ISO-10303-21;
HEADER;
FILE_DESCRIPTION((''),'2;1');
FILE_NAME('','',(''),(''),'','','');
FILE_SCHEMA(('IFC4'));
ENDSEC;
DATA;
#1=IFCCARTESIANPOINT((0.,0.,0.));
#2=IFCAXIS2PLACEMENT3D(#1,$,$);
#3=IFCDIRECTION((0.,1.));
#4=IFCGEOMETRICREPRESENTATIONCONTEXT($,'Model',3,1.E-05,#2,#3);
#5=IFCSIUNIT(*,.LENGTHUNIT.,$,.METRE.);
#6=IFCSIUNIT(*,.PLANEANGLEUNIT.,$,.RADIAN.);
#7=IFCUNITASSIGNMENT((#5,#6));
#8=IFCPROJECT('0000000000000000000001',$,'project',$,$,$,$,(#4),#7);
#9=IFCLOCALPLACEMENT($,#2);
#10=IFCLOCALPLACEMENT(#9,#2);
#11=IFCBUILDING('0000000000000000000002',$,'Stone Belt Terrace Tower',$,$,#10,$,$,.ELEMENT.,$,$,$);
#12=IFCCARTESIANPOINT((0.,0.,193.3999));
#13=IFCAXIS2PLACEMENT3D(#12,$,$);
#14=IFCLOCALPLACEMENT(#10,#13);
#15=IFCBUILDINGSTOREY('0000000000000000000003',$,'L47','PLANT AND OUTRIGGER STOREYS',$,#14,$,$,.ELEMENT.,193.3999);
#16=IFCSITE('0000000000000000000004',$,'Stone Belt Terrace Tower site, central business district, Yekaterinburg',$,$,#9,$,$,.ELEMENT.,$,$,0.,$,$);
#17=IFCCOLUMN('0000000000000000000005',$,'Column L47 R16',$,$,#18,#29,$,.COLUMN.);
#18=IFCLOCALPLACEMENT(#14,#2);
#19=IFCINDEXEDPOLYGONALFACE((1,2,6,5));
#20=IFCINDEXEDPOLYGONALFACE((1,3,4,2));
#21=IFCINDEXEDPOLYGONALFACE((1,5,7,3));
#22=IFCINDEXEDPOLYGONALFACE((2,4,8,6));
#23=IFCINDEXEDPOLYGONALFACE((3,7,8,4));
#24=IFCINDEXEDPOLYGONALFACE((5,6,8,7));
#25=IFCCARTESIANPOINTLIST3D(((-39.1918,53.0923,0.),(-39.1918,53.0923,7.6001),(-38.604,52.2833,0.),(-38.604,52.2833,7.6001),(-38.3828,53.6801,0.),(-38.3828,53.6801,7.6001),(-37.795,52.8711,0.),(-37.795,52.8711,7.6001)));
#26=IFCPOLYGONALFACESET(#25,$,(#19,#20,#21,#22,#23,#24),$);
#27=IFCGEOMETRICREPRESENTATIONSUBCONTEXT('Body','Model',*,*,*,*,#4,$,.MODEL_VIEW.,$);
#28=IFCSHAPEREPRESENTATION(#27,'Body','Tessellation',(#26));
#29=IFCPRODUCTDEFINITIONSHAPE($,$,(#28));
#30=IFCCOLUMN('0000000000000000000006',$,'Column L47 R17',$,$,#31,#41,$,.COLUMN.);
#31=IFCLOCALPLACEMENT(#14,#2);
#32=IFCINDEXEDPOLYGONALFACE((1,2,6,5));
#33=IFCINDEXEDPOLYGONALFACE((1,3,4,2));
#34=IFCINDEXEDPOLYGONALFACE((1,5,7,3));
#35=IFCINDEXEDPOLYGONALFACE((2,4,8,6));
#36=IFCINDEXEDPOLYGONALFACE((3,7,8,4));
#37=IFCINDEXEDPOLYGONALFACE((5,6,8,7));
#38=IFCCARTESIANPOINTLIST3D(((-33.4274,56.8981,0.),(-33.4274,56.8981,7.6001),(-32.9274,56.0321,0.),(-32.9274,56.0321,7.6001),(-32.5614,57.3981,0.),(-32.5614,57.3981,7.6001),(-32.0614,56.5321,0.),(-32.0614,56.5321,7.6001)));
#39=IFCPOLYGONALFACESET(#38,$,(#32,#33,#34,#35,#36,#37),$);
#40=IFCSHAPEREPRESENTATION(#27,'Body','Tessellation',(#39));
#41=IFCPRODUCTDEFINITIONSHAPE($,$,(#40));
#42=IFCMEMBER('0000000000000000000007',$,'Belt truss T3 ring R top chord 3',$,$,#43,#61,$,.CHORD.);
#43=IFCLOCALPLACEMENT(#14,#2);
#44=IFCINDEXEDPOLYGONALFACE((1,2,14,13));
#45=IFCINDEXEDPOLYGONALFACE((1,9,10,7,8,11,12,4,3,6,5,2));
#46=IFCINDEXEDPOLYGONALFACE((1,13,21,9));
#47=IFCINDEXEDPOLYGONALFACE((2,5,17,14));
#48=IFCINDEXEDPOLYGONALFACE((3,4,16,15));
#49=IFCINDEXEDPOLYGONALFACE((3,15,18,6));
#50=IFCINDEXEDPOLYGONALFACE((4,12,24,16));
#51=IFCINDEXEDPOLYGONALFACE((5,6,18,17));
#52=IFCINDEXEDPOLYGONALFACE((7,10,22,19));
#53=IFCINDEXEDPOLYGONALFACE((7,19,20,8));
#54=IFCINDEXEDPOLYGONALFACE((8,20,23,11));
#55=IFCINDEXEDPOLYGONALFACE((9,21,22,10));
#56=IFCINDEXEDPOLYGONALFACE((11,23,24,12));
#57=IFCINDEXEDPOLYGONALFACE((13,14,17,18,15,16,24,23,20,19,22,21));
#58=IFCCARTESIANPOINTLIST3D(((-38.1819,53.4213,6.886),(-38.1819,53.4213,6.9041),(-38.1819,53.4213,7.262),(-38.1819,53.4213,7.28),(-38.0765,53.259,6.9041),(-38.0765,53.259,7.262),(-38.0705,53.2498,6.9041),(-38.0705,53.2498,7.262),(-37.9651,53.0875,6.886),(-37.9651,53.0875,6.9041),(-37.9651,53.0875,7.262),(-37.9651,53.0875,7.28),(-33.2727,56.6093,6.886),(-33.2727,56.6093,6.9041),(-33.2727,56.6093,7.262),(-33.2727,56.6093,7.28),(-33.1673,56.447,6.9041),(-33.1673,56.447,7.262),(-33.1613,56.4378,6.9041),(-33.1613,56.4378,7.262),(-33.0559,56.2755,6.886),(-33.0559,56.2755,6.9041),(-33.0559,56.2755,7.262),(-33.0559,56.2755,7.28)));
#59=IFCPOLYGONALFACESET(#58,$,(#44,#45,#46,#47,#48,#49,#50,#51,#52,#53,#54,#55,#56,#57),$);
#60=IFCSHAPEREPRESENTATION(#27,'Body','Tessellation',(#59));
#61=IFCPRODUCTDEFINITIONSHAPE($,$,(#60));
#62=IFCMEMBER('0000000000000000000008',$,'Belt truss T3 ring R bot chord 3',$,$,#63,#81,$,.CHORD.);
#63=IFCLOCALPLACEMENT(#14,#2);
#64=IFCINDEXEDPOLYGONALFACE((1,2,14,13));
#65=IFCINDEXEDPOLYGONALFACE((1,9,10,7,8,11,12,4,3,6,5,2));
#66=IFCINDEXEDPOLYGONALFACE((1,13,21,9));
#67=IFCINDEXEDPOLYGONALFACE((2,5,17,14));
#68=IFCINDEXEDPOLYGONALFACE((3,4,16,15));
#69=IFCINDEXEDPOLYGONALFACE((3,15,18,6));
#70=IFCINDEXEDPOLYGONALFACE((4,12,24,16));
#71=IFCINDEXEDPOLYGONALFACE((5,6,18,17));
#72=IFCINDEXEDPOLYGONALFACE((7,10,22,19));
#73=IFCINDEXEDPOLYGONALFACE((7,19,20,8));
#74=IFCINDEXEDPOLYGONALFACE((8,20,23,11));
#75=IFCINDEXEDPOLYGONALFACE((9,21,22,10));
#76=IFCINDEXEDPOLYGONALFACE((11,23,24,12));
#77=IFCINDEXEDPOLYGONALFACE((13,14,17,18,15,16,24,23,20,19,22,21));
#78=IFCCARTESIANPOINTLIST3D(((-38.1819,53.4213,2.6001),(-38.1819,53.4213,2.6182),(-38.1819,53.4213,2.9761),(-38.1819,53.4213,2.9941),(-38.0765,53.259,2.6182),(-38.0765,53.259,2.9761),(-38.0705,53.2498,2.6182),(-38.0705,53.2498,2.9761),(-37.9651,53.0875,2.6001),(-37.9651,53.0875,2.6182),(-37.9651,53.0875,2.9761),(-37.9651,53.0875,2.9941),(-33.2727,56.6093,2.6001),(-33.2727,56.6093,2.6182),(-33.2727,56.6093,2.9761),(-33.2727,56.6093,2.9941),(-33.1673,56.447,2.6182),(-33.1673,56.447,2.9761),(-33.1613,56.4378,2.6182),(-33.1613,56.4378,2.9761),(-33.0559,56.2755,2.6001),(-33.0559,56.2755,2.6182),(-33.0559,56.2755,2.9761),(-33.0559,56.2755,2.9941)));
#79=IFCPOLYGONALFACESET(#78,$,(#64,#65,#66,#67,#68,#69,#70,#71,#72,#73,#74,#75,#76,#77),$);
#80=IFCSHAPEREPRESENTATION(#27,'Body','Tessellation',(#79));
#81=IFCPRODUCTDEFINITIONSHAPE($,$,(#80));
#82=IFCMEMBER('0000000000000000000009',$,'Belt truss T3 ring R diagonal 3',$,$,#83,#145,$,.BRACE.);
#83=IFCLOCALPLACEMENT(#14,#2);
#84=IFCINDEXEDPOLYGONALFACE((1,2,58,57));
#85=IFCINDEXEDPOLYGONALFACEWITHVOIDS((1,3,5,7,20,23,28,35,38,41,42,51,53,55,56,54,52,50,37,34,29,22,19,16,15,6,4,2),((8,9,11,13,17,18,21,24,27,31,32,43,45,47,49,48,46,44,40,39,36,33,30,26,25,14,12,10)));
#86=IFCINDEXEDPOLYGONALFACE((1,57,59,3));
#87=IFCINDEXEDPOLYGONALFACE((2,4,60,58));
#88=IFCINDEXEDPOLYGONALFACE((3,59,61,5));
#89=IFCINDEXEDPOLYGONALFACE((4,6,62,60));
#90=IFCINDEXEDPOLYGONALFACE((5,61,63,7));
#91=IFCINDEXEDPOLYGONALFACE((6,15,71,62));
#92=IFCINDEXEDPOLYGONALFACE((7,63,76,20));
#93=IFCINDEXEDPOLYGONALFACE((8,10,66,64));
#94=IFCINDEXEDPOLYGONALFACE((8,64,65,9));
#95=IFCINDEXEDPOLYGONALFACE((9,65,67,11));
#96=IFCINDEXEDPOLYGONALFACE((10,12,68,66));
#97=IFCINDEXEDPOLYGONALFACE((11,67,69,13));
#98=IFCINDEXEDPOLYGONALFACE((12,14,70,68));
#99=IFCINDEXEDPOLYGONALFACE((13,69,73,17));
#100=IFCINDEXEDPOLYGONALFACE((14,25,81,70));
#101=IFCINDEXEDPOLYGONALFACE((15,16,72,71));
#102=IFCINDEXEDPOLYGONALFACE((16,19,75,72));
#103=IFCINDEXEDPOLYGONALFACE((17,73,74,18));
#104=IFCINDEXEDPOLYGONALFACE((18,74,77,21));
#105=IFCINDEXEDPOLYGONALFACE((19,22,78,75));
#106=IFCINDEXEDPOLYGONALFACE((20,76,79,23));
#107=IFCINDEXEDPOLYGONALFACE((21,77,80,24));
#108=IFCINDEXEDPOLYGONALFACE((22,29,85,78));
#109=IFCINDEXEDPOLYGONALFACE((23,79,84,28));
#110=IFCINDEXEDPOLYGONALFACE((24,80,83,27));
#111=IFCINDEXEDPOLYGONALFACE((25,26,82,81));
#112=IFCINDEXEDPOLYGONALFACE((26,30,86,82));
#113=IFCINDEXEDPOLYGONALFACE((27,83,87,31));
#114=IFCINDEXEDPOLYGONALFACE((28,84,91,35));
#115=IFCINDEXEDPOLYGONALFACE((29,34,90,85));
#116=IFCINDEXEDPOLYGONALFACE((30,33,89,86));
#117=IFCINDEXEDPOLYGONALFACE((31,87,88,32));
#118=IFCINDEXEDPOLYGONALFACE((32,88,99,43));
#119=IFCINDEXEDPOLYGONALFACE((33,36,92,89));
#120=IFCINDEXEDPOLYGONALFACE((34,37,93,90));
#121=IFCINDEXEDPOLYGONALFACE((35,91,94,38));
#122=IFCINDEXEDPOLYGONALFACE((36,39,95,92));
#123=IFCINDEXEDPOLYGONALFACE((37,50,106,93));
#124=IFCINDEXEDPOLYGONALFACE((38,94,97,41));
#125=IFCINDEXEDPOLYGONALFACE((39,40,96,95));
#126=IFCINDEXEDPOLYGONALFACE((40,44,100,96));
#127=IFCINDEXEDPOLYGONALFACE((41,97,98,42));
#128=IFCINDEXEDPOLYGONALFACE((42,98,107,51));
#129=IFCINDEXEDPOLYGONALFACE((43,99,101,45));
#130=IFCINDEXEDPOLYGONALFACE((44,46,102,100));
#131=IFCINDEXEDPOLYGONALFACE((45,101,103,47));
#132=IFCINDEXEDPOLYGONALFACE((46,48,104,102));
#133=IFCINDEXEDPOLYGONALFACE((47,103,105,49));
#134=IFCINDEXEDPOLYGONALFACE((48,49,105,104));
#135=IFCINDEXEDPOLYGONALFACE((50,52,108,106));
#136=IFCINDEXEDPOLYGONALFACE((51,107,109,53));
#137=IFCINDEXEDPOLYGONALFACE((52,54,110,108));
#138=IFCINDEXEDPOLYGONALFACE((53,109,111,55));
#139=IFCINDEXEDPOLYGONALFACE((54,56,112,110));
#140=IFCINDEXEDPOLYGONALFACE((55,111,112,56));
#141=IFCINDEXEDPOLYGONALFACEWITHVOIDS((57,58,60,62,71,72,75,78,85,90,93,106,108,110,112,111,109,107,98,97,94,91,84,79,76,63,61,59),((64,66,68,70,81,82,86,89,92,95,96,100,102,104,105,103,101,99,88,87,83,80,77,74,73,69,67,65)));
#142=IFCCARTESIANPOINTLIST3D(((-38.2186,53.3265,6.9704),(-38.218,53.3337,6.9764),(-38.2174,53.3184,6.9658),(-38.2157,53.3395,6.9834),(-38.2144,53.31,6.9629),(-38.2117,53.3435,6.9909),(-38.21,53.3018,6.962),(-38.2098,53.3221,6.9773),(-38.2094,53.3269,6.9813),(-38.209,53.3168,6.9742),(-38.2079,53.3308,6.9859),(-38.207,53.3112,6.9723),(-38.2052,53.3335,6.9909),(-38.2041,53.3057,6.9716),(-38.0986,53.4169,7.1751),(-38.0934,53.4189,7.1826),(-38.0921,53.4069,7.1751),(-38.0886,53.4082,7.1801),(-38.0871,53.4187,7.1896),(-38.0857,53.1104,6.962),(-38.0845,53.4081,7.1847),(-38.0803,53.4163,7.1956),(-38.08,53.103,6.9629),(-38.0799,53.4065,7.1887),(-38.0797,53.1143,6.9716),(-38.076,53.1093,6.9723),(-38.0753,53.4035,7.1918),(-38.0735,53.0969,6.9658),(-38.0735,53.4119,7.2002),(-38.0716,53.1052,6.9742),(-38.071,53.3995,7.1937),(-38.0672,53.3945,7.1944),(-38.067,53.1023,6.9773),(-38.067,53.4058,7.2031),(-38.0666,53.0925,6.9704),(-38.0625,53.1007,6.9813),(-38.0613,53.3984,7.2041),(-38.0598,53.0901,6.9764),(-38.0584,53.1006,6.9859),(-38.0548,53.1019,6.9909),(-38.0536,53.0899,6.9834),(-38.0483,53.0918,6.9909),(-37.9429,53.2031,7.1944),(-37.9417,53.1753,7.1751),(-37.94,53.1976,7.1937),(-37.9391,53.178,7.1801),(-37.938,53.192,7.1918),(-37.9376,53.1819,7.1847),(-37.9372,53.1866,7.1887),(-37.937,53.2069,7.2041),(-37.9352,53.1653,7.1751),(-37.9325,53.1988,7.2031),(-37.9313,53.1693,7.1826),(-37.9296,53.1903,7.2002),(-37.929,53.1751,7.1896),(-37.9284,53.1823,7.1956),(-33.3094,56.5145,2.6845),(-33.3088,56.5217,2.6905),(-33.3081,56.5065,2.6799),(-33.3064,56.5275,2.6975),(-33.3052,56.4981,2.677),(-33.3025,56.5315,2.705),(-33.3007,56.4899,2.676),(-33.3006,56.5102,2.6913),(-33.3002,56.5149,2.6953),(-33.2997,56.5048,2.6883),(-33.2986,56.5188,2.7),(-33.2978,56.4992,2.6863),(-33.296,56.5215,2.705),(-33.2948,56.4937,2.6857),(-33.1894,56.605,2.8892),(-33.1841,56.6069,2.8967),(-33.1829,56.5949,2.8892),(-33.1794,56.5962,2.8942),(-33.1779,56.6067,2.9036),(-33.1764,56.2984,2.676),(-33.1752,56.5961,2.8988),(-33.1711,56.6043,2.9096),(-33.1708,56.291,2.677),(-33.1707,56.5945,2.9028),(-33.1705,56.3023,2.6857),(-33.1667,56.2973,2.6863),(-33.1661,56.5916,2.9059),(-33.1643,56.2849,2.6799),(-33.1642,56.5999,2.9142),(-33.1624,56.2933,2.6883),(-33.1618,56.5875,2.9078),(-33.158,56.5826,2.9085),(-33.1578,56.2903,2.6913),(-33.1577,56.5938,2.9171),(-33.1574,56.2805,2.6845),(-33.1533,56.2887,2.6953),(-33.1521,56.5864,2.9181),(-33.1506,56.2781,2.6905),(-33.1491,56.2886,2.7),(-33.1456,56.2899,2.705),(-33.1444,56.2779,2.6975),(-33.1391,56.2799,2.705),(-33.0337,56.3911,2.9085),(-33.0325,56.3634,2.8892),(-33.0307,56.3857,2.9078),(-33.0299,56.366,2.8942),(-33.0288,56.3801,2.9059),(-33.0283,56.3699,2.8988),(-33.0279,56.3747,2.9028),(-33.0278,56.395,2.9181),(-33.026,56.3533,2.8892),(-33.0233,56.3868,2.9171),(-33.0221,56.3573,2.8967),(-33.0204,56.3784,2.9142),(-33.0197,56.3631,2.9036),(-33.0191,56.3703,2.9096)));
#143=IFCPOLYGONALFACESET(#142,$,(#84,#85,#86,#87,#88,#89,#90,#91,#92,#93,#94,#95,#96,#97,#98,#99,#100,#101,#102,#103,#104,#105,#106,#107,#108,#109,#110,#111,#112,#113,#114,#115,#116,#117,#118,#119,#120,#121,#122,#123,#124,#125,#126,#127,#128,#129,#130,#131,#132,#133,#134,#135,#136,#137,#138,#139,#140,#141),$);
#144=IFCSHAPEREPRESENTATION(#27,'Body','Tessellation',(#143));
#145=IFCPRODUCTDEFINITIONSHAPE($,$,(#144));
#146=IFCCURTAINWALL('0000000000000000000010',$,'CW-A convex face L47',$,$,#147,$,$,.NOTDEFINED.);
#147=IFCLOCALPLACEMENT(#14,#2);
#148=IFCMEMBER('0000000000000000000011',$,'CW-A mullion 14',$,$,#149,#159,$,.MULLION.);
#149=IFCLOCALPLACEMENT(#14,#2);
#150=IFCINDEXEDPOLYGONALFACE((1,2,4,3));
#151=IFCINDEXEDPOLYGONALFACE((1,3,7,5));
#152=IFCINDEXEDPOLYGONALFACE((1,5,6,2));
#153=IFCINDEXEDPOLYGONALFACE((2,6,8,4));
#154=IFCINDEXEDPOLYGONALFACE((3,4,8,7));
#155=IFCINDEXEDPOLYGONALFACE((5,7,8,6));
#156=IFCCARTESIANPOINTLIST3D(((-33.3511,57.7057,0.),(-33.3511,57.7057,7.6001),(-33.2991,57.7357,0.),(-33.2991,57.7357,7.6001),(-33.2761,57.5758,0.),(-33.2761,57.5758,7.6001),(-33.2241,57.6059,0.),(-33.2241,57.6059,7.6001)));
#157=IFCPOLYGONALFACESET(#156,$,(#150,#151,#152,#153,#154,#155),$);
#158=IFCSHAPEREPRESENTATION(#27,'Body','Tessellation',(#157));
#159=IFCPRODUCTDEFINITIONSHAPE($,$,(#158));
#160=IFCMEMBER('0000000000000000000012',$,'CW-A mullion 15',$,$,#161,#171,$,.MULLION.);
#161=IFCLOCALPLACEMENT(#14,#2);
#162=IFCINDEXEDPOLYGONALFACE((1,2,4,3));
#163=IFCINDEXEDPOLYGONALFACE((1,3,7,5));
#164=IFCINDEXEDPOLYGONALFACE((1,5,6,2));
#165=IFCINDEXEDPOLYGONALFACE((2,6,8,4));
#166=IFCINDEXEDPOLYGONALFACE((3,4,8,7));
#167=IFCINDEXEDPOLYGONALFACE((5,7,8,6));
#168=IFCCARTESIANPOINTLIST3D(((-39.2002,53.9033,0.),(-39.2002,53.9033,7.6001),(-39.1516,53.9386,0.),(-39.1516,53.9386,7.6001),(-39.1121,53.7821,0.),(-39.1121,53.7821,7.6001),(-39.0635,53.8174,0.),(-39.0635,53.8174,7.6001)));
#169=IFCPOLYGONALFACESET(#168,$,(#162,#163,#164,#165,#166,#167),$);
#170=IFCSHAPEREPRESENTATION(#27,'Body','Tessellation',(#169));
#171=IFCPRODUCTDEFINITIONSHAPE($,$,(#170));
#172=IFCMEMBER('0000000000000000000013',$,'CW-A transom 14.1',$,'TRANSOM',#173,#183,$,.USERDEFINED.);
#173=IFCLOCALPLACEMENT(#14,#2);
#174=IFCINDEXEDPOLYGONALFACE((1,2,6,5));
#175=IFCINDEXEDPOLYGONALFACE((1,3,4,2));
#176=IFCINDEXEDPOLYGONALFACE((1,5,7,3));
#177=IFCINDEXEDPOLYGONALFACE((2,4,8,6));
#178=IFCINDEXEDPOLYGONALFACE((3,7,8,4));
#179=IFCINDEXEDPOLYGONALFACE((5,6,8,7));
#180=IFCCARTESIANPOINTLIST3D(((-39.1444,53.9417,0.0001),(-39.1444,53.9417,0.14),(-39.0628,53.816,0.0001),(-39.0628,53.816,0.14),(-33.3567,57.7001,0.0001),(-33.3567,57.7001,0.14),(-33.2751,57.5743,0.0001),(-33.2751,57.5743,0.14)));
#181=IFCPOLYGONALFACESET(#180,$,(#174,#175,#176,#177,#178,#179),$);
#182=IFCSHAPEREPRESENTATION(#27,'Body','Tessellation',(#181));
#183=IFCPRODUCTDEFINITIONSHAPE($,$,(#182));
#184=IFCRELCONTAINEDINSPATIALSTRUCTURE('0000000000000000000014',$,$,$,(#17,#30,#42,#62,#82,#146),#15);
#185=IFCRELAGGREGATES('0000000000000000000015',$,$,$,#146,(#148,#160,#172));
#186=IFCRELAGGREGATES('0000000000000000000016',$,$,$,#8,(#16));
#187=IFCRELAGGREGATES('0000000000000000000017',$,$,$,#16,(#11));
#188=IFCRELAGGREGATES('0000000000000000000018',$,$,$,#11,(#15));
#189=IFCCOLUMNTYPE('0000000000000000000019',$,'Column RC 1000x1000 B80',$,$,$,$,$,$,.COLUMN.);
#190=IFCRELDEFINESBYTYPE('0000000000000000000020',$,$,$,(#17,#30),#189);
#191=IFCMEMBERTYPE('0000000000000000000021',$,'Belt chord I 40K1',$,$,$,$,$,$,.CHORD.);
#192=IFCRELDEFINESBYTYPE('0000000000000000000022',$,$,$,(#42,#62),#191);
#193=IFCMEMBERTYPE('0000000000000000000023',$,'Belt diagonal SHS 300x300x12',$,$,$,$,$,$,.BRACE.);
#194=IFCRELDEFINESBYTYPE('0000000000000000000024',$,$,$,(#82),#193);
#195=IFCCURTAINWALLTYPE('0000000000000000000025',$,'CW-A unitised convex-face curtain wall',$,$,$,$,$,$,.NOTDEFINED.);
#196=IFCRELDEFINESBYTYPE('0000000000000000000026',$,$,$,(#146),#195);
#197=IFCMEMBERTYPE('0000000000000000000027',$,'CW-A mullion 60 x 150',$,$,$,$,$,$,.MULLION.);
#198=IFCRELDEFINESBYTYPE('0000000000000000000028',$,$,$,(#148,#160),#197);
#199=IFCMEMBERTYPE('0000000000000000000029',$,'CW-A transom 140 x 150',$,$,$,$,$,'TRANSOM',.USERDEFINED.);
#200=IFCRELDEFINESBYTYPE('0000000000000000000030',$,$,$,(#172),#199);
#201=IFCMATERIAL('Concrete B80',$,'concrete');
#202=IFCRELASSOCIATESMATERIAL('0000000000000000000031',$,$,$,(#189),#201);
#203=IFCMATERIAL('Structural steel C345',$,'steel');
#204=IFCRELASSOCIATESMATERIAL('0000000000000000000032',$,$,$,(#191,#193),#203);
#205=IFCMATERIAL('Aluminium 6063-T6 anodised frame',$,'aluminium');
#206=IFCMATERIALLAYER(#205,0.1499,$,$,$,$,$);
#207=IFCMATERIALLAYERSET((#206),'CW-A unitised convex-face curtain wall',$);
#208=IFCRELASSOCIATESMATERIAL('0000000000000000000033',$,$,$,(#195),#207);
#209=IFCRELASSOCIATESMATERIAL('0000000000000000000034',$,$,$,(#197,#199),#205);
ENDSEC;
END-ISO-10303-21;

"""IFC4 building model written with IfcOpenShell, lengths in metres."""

from ifc_helpers import new_model, si_unit, direction, frame, origin, origin_2d, place, context, subcontext, project, spatial, rectangle, hollow_rectangle, i_section, extrude, material, layer, layer_set, material_profile, profile_set, type_object, element, aggregate, save


model = new_model("IFC4")

# Units and contexts
model_context = context("Model", 3, precision=1e-05, world=origin(), true_north=direction((0.0, 1.0)))
body_context = subcontext(model_context, "Body", "Model", "MODEL_VIEW")
ifc_project = project(units=[si_unit("LENGTHUNIT", "METRE"), si_unit("PLANEANGLEUNIT", "RADIAN")], contexts=[model_context])

# Site, building, storey
site_placement = place(None, origin())
site = spatial("IfcSite", under=ifc_project, at=site_placement, Name="Stone Belt Terrace Tower site, central business district, Yekaterinburg", CompositionType="ELEMENT", RefElevation=0.0)
building_placement = place(site_placement, origin())
building = spatial("IfcBuilding", under=site, at=building_placement, Name="Stone Belt Terrace Tower", CompositionType="ELEMENT")
storey_placement = place(building_placement, frame((0.0, 0.0, 193.3999)))
storey = spatial("IfcBuildingStorey", under=building, at=storey_placement, Name="L47", Description="PLANT AND OUTRIGGER STOREYS", CompositionType="ELEMENT", Elevation=193.3999)

# Columns
ifc_material_1 = material(Name="Concrete B80", Category="concrete")
ifc_material_profile_1 = material_profile(ifc_material_1, rectangle(XDim=1.0, YDim=1.0, at=origin_2d()), Name="RC 1000x1000")
ifc_profile_set_1 = profile_set([ifc_material_profile_1], Name="Concrete B80")
column_type = type_object("IfcColumnType", Name="Column RC 1000x1000 B80", PredefinedType="COLUMN", material=ifc_profile_set_1)
for number, where, z_axis, x_axis, name in (
    (1, (-38.4934, 52.9817, 0.0), (0.0, 0.0, 1.0), (0.809017, 0.587785, 0.0), "Column L47 R16"),
    (2, (-32.7444, 56.7151, 0.0), (0.0, 0.0, 1.0), (0.866025, 0.5, 0.0), "Column L47 R17"),
):
    element("IfcColumn", number, at=place(storey_placement, frame(where, z_axis=z_axis, x_axis=x_axis)), inside=storey, type_object=column_type, Name=name, PredefinedType="COLUMN", context=body_context, shape_type="SweptSolid", body=[
        extrude(rectangle(XDim=1.0, YDim=1.0, at=origin_2d()), origin(), (0.0, 0.0, 1.0), 7.6001),
    ])

# Members
ifc_material_2 = material(Name="Structural steel C345", Category="steel")
ifc_material_profile_2 = material_profile(ifc_material_2, i_section(OverallWidth=0.3979, OverallDepth=0.394, WebThickness=0.011, FlangeThickness=0.0181, at=origin_2d()), Name="I 40K1")
ifc_profile_set_2 = profile_set([ifc_material_profile_2], Name="Structural steel C345")
member_type_1 = type_object("IfcMemberType", Name="Belt chord I 40K1", PredefinedType="CHORD", material=ifc_profile_set_2)
for number, where, z_axis, x_axis, name in (
    (3, (-38.0735, 53.2544, 7.083), (0.838676, 0.544631, 0.0), (-0.544631, 0.838676, 0.0), "Belt truss T3 ring R top chord 3"),
    (4, (-38.0735, 53.2544, 2.7971), (0.838676, 0.544631, 0.0), (-0.544631, 0.838676, 0.0), "Belt truss T3 ring R bot chord 3"),
):
    element("IfcMember", number, at=place(storey_placement, frame(where, z_axis=z_axis, x_axis=x_axis)), inside=storey, type_object=member_type_1, Name=name, PredefinedType="CHORD", context=body_context, shape_type="SweptSolid", body=[
        extrude(i_section(OverallWidth=0.3979, OverallDepth=0.394, WebThickness=0.011, FlangeThickness=0.0181, at=origin_2d()), origin(), (0.0, 0.0, 1.0), 5.8535),
    ])
ifc_material_profile_3 = material_profile(ifc_material_2, hollow_rectangle(XDim=0.3, YDim=0.3, WallThickness=0.012, InnerFilletRadius=0.0239, OuterFilletRadius=0.0359, at=origin_2d()), Name="SHS 300x300x12")
ifc_profile_set_3 = profile_set([ifc_material_profile_3], Name="Structural steel C345")
member_type_2 = type_object("IfcMemberType", Name="Belt diagonal SHS 300x300x12", PredefinedType="BRACE", material=ifc_profile_set_3)
member_1_placement = place(storey_placement, frame((-38.0735, 53.2544, 7.083), z_axis=(0.67668, 0.439431, -0.590766), x_axis=(-0.544631, 0.838676, 0.0)))
element("IfcMember", 5, at=member_1_placement, inside=storey, type_object=member_type_2, Name="Belt truss T3 ring R diagonal 3", PredefinedType="BRACE", context=body_context, shape_type="SweptSolid", body=[
    extrude(hollow_rectangle(XDim=0.3, YDim=0.3, WallThickness=0.012, InnerFilletRadius=0.0239, OuterFilletRadius=0.0359, at=origin_2d()), origin(), (0.0, 0.0, 1.0), 7.2549),
])

# Curtain wall, members
ifc_material_3 = material(Name="Aluminium 6063-T6 anodised frame", Category="aluminium")
ifc_layer_1 = layer(ifc_material_3, 0.1499)
ifc_layer_set_1 = layer_set([ifc_layer_1], Name="CW-A unitised convex-face curtain wall")
curtain_wall_type = type_object("IfcCurtainWallType", Name="CW-A unitised convex-face curtain wall", PredefinedType="NOTDEFINED", material=ifc_layer_set_1)
curtain_wall_placement = place(storey_placement, origin())
curtain_wall = element("IfcCurtainWall", 6, at=curtain_wall_placement, inside=storey, type_object=curtain_wall_type, Name="CW-A convex face L47", PredefinedType="NOTDEFINED")
ifc_material_profile_4 = material_profile(ifc_material_3, rectangle(XDim=0.1499, YDim=0.0601, at=origin_2d()), Name="Aluminium 6063-T6 60x150")
ifc_profile_set_4 = profile_set([ifc_material_profile_4], Name="Aluminium 6063-T6 anodised frame")
member_type_3 = type_object("IfcMemberType", Name="CW-A mullion 60 x 150", PredefinedType="MULLION", material=ifc_profile_set_4)
member_2_placement = place(storey_placement, frame((-33.2876, 57.6558, 0.0), z_axis=(0.0, 0.0, 1.0), x_axis=(0.5, -0.866025, 0.0)))
member_2 = element("IfcMember", 7, at=member_2_placement, type_object=member_type_3, Name="CW-A mullion 14", PredefinedType="MULLION", context=body_context, shape_type="SweptSolid", body=[
    extrude(rectangle(XDim=0.1499, YDim=0.0601, at=origin_2d()), origin(), (0.0, 0.0, 1.0), 7.6001),
])
member_3_placement = place(storey_placement, frame((-39.1318, 53.8604, 0.0), z_axis=(0.0, 0.0, 1.0), x_axis=(0.587785, -0.809017, 0.0)))
member_3 = element("IfcMember", 8, at=member_3_placement, type_object=member_type_3, Name="CW-A mullion 15", PredefinedType="MULLION", context=body_context, shape_type="SweptSolid", body=[
    extrude(rectangle(XDim=0.1499, YDim=0.0601, at=origin_2d()), origin(), (0.0, 0.0, 1.0), 7.6001),
])
ifc_material_profile_5 = material_profile(ifc_material_3, rectangle(XDim=0.1499, YDim=0.1399, at=origin_2d()), Name="Aluminium 6063-T6 150x140")
ifc_profile_set_5 = profile_set([ifc_material_profile_5], Name="Aluminium 6063-T6 anodised frame")
member_type_4 = type_object("IfcMemberType", Name="CW-A transom 140 x 150", ElementType="TRANSOM", PredefinedType="USERDEFINED", material=ifc_profile_set_5)
member_4_placement = place(storey_placement, frame((-33.3159, 57.6372, 0.0701), z_axis=(-0.838684, -0.544618, 0.0), x_axis=(0.544618, -0.838684, 0.0)))
member_4 = element("IfcMember", 9, at=member_4_placement, type_object=member_type_4, Name="CW-A transom 14.1", ObjectType="TRANSOM", PredefinedType="USERDEFINED", context=body_context, shape_type="SweptSolid", body=[
    extrude(rectangle(XDim=0.1499, YDim=0.1399, at=origin_2d()), origin(), (0.0, 0.0, 1.0), 6.9009),
])
aggregate(curtain_wall, [member_2, member_3, member_4])

save(model, "model.ifc")
